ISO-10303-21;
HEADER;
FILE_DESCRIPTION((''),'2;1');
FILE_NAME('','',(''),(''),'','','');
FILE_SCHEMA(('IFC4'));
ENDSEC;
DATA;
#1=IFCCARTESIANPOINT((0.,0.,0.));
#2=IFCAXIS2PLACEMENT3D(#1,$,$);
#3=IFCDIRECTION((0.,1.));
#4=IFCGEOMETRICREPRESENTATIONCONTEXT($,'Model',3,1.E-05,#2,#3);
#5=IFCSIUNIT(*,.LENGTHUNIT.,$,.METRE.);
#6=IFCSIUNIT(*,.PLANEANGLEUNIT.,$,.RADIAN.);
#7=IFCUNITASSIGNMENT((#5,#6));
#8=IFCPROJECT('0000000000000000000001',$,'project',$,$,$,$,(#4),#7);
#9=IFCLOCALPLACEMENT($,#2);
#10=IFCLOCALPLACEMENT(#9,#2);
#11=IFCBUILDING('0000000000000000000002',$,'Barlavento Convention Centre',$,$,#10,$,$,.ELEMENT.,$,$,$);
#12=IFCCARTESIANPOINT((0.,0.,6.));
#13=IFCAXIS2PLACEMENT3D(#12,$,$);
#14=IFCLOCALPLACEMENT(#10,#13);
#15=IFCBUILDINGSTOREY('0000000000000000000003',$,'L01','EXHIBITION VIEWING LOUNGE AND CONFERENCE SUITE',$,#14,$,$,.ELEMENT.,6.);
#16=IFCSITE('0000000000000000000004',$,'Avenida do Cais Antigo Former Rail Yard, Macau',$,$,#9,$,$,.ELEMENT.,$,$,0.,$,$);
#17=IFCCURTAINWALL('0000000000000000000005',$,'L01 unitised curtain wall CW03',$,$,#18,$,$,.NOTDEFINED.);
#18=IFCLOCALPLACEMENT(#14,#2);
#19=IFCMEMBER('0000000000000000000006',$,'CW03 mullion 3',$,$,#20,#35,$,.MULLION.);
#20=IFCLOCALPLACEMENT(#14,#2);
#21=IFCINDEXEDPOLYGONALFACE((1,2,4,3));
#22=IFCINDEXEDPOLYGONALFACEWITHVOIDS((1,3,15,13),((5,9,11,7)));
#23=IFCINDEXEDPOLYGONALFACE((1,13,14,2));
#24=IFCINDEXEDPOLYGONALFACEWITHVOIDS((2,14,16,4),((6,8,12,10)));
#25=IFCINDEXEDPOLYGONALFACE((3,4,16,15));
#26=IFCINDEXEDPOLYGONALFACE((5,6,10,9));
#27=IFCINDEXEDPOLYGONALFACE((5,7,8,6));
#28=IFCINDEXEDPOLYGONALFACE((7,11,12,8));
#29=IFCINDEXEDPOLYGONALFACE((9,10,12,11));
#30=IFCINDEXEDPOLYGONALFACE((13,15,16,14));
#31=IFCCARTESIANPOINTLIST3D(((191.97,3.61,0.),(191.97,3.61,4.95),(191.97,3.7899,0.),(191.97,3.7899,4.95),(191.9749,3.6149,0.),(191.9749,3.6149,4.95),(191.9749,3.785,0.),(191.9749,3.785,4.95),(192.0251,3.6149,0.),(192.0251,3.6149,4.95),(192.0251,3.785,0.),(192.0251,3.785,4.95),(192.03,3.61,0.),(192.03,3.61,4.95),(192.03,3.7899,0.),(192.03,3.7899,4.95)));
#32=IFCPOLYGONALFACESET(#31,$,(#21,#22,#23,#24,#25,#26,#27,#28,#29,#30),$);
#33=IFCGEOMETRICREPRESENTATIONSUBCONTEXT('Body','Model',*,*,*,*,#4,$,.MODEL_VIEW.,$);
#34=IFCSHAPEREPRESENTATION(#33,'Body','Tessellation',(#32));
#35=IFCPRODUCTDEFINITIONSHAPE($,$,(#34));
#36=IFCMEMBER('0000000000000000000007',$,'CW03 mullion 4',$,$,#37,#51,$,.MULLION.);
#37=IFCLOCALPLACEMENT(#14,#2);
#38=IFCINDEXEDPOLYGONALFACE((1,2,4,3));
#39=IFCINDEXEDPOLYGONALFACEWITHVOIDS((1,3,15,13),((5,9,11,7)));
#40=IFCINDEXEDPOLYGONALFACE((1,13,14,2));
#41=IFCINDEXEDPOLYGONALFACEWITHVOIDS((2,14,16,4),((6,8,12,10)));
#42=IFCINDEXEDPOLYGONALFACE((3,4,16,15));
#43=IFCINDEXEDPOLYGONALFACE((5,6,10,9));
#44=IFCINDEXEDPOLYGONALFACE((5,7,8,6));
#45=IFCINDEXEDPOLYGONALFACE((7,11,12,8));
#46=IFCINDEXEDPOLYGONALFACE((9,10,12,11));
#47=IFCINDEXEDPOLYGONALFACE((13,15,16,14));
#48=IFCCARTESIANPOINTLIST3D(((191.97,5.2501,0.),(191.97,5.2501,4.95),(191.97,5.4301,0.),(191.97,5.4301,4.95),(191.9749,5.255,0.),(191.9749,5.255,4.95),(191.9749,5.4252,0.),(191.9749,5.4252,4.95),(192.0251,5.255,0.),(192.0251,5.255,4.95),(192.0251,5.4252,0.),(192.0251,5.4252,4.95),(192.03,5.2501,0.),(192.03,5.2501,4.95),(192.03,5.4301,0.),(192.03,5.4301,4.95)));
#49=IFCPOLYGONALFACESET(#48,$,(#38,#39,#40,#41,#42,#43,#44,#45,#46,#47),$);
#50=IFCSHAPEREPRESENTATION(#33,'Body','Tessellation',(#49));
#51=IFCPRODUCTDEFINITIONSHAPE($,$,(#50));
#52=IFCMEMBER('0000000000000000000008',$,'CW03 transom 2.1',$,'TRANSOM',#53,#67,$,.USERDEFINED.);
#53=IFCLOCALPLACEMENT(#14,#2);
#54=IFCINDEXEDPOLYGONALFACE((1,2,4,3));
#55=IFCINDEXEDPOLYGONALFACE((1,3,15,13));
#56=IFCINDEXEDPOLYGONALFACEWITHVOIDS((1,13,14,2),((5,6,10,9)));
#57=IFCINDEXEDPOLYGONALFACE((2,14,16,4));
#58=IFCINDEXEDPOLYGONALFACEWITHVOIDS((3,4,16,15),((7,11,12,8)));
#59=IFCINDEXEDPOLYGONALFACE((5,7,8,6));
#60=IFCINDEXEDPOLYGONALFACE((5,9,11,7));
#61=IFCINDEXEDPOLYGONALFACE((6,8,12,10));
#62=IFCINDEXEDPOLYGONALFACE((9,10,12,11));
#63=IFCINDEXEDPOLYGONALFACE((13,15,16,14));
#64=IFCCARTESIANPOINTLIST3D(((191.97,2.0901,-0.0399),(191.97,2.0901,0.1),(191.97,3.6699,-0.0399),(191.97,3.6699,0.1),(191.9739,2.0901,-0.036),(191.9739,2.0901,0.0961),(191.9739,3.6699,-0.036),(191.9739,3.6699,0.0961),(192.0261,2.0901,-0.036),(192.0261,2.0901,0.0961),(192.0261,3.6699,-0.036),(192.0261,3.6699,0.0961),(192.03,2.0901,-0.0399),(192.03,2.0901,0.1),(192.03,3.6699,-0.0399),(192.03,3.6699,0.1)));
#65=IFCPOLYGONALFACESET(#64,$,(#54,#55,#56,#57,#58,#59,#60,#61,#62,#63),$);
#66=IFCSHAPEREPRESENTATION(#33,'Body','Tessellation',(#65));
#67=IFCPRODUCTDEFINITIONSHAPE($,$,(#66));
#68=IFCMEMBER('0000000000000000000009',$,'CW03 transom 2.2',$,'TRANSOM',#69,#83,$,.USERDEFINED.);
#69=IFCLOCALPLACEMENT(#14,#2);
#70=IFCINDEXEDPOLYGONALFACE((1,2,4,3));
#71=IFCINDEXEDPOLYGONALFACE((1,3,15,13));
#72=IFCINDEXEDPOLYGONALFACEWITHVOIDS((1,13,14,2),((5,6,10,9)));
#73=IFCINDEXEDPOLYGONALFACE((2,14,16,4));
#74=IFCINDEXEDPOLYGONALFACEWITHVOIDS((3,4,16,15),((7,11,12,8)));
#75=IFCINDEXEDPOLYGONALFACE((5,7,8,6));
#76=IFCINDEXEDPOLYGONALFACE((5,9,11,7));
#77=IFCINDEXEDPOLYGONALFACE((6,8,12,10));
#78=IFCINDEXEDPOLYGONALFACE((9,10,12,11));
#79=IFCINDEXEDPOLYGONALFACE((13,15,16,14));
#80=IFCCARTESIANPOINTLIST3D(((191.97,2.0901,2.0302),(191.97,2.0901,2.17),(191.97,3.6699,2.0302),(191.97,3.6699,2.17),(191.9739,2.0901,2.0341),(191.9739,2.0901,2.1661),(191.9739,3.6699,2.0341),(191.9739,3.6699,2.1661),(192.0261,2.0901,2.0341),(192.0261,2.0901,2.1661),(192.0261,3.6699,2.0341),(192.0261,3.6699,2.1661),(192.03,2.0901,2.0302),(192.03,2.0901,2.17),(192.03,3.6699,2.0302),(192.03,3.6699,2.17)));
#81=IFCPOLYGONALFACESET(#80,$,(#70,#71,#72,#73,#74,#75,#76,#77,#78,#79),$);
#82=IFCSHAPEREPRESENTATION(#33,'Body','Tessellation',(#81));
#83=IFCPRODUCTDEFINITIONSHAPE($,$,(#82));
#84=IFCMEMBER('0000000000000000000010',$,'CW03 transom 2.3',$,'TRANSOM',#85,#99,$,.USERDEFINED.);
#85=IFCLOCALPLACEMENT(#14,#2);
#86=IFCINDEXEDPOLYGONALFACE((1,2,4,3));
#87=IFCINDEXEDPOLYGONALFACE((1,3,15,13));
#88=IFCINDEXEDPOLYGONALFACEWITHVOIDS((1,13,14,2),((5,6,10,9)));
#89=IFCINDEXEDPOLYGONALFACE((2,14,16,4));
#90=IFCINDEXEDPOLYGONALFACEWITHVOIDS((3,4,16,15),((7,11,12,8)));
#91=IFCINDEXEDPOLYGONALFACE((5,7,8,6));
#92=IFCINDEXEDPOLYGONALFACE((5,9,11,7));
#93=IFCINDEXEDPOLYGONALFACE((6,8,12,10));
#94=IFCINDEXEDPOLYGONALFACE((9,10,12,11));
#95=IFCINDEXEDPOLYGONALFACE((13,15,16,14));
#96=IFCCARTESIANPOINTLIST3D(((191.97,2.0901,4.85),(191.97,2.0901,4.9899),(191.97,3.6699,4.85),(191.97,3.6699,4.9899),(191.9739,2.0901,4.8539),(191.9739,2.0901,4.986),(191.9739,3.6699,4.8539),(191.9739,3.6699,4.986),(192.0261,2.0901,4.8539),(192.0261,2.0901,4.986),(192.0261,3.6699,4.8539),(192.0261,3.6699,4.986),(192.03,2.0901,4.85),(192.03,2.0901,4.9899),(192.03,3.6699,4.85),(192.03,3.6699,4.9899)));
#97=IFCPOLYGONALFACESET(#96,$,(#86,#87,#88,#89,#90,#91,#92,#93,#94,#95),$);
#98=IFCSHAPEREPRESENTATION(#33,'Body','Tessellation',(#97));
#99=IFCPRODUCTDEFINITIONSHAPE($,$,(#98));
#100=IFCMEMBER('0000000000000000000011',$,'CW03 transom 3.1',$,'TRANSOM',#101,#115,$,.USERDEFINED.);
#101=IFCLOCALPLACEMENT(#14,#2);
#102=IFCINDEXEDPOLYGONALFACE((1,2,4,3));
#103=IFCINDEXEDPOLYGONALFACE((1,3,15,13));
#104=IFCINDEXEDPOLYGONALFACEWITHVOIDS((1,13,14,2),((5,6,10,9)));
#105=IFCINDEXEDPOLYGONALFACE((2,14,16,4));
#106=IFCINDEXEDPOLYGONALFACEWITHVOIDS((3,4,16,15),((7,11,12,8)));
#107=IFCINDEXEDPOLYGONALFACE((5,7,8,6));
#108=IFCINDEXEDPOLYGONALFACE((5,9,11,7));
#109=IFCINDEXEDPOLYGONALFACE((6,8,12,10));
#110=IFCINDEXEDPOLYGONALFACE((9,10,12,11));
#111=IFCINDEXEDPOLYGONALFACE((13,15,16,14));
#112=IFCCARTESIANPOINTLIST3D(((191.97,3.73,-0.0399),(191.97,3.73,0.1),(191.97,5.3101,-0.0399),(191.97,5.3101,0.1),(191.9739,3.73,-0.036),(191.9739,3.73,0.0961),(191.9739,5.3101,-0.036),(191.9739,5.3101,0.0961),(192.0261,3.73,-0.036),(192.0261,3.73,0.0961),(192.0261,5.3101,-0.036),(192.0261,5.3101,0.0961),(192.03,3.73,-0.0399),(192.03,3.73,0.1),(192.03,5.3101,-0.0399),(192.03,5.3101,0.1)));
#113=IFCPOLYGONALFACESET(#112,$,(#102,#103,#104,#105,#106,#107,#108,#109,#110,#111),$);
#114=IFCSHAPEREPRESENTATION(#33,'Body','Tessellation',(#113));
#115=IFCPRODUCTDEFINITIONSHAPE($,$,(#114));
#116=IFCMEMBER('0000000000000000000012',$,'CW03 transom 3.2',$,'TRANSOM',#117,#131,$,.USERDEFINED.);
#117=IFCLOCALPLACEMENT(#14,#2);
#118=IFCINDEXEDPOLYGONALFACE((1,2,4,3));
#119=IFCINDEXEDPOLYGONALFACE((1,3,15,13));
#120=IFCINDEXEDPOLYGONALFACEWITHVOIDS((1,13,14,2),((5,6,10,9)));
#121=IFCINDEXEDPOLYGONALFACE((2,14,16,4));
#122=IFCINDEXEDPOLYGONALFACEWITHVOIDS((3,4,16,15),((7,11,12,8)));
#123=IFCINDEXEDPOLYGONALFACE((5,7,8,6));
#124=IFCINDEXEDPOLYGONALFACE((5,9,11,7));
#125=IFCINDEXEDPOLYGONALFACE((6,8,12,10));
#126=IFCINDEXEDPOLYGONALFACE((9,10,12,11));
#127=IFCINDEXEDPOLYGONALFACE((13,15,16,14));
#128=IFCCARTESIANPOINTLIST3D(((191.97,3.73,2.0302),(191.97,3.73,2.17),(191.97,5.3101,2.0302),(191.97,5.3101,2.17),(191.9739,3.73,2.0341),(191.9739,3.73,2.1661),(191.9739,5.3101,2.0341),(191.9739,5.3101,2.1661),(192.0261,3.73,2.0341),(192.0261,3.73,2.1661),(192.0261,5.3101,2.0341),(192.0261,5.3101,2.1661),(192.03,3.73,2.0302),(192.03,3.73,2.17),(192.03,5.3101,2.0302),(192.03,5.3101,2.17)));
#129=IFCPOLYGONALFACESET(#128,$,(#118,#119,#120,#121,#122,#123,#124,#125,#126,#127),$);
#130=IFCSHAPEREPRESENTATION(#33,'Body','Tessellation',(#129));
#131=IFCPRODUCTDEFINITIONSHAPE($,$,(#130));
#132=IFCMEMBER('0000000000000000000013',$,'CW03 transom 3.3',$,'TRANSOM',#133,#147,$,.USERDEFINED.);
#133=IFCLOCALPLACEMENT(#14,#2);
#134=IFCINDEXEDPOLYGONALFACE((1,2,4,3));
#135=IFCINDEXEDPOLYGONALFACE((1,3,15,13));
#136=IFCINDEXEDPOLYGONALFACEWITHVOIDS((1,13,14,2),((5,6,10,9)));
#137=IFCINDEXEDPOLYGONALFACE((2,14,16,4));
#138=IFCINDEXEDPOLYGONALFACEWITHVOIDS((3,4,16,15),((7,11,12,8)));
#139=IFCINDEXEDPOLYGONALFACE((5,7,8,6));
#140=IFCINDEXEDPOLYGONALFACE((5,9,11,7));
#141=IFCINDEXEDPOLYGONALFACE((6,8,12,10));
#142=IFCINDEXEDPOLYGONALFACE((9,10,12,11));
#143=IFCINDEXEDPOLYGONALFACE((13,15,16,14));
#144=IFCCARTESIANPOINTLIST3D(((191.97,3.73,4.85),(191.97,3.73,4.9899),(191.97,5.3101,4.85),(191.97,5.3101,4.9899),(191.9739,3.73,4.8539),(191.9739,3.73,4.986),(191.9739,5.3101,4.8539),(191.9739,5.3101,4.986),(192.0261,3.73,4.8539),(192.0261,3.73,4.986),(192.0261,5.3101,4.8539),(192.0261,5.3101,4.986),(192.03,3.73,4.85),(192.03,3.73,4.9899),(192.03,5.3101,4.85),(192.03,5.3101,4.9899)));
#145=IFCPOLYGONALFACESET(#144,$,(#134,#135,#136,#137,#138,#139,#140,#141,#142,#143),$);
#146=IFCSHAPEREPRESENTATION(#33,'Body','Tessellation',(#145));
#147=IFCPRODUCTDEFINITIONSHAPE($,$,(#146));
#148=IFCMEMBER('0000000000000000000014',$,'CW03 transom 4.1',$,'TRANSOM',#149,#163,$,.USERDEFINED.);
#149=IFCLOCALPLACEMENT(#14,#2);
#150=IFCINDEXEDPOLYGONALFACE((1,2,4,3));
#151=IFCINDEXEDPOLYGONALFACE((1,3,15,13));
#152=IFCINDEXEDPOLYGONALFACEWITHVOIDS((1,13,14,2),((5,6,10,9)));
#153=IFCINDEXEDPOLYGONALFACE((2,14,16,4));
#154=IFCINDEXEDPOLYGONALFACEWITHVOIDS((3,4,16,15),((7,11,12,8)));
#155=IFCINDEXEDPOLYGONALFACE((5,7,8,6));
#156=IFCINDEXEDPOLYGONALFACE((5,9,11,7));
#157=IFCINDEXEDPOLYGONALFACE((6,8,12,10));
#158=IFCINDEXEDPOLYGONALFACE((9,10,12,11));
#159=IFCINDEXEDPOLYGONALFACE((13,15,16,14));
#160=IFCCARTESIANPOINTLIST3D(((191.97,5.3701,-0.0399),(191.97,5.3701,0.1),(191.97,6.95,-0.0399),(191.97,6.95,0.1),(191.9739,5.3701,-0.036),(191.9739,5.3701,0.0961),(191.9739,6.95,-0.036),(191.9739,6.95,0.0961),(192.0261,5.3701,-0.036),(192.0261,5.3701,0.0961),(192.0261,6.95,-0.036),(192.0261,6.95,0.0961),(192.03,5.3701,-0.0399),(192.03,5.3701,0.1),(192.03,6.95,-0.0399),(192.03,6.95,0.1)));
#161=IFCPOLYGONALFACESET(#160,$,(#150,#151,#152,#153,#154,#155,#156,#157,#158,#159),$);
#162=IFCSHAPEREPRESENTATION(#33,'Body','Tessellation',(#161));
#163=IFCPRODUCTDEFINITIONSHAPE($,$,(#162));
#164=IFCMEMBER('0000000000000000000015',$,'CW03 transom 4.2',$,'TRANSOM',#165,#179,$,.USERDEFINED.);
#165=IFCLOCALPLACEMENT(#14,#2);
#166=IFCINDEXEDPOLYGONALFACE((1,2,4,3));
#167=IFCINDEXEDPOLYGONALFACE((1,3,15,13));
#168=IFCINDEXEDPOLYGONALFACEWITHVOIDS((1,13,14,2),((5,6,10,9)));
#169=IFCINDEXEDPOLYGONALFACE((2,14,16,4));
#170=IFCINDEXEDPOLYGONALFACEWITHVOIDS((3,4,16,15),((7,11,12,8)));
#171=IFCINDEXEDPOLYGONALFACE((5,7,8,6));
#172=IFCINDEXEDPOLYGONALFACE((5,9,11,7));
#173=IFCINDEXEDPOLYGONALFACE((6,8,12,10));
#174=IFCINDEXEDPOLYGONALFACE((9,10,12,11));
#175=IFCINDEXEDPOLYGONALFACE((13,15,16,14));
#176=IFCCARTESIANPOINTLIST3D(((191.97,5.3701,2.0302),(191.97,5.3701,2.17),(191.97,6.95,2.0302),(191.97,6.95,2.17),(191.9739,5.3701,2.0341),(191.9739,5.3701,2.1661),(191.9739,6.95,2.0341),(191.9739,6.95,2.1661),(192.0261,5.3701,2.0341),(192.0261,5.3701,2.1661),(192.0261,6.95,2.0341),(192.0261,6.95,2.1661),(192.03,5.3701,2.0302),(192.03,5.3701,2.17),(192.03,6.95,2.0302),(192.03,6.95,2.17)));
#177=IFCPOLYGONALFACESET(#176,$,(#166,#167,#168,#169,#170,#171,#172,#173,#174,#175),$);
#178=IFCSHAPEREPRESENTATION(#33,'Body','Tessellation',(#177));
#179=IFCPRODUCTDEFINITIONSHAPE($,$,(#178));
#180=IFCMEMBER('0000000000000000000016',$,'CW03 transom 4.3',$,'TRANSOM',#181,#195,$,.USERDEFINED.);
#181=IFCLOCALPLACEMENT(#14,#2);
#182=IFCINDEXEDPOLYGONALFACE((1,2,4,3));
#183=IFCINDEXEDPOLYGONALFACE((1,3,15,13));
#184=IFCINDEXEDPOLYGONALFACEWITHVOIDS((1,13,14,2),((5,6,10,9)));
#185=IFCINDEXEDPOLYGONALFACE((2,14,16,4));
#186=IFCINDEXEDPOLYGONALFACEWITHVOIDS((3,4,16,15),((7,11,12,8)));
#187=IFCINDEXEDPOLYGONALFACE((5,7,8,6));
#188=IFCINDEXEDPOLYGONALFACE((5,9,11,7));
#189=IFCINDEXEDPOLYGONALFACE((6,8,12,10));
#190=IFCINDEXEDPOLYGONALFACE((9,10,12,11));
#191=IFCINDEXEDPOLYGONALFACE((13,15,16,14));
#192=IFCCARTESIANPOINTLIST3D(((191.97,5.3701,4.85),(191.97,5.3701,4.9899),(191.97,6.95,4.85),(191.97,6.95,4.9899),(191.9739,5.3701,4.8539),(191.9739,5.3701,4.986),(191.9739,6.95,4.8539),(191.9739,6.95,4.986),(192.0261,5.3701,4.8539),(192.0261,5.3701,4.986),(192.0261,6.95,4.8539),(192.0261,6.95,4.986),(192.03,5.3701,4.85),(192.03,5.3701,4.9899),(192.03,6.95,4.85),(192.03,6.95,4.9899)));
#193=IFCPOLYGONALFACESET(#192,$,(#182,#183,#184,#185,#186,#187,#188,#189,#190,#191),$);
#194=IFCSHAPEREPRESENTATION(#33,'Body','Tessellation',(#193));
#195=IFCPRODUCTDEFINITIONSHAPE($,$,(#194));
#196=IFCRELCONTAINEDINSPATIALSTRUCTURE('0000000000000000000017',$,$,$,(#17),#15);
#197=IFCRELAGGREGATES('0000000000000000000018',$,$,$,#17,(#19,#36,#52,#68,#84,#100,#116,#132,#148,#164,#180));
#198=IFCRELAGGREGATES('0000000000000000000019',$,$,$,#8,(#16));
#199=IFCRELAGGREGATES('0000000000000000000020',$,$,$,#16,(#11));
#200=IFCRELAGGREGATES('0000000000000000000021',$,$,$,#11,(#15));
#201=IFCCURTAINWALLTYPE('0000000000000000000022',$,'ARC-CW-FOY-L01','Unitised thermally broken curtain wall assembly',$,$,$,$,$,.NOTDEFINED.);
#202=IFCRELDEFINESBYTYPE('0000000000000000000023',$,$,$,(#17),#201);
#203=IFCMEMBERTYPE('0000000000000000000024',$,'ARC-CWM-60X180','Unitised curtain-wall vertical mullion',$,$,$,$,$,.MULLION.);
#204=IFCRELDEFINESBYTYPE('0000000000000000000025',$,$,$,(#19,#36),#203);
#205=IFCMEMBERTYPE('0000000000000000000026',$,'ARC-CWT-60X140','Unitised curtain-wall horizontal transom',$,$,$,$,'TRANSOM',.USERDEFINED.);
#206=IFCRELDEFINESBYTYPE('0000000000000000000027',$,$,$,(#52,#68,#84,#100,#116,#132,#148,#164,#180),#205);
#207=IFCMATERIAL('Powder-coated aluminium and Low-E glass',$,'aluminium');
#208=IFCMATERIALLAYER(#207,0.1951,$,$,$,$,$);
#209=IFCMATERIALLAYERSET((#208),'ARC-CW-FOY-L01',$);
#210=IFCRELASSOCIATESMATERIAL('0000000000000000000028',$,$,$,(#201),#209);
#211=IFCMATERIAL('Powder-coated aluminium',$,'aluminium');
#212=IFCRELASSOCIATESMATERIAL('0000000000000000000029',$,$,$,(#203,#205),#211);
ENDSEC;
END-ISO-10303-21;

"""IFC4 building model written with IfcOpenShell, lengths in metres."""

from ifc_helpers import new_model, si_unit, direction, frame, origin, origin_2d, place, context, subcontext, project, spatial, hollow_rectangle, extrude, material, layer, layer_set, material_profile, profile_set, type_object, element, aggregate, save


model = new_model("IFC4")

# Units and contexts
model_context = context("Model", 3, precision=1e-05, world=origin(), true_north=direction((0.0, 1.0)))
body_context = subcontext(model_context, "Body", "Model", "MODEL_VIEW")
ifc_project = project(units=[si_unit("LENGTHUNIT", "METRE"), si_unit("PLANEANGLEUNIT", "RADIAN")], contexts=[model_context])

# Site, building, storey
site_placement = place(None, origin())
site = spatial("IfcSite", under=ifc_project, at=site_placement, Name="Avenida do Cais Antigo Former Rail Yard, Macau", CompositionType="ELEMENT", RefElevation=0.0)
building_placement = place(site_placement, origin())
building = spatial("IfcBuilding", under=site, at=building_placement, Name="Barlavento Convention Centre", CompositionType="ELEMENT")
storey_placement = place(building_placement, frame((0.0, 0.0, 6.0)))
storey = spatial("IfcBuildingStorey", under=building, at=storey_placement, Name="L01", Description="EXHIBITION VIEWING LOUNGE AND CONFERENCE SUITE", CompositionType="ELEMENT", Elevation=6.0)

# Curtain wall, members
ifc_material_1 = material(Name="Powder-coated aluminium and Low-E glass", Category="aluminium")
ifc_layer_1 = layer(ifc_material_1, 0.1951)
ifc_layer_set_1 = layer_set([ifc_layer_1], Name="ARC-CW-FOY-L01")
curtain_wall_type = type_object("IfcCurtainWallType", Name="ARC-CW-FOY-L01", Description="Unitised thermally broken curtain wall assembly", PredefinedType="NOTDEFINED", material=ifc_layer_set_1)
curtain_wall_placement = place(storey_placement, origin())
curtain_wall = element("IfcCurtainWall", 1, at=curtain_wall_placement, inside=storey, type_object=curtain_wall_type, Name="L01 unitised curtain wall CW03", PredefinedType="NOTDEFINED")
ifc_material_2 = material(Name="Powder-coated aluminium", Category="aluminium")
ifc_material_profile_1 = material_profile(ifc_material_2, hollow_rectangle(XDim=0.0601, YDim=0.1799, WallThickness=0.0049, at=origin_2d()), Name="AL-MULL 60x180x5")
ifc_profile_set_1 = profile_set([ifc_material_profile_1], Name="Powder-coated aluminium")
member_type_1 = type_object("IfcMemberType", Name="ARC-CWM-60X180", Description="Unitised curtain-wall vertical mullion", PredefinedType="MULLION", material=ifc_profile_set_1)
member_1_placement = place(storey_placement, frame((192.0, 3.7, 0.0), z_axis=(0.0, 0.0, 1.0), x_axis=(-1.0, 0.0, 0.0)))
member_1 = element("IfcMember", 2, at=member_1_placement, type_object=member_type_1, Name="CW03 mullion 3", PredefinedType="MULLION", context=body_context, shape_type="SweptSolid", body=[
    extrude(hollow_rectangle(XDim=0.0601, YDim=0.1799, WallThickness=0.0049, at=origin_2d()), origin(), (0.0, 0.0, 1.0), 4.95),
])
member_2_placement = place(storey_placement, frame((192.0, 5.3401, 0.0), z_axis=(0.0, 0.0, 1.0), x_axis=(-1.0, 0.0, 0.0)))
member_2 = element("IfcMember", 3, at=member_2_placement, type_object=member_type_1, Name="CW03 mullion 4", PredefinedType="MULLION", context=body_context, shape_type="SweptSolid", body=[
    extrude(hollow_rectangle(XDim=0.0601, YDim=0.1799, WallThickness=0.0049, at=origin_2d()), origin(), (0.0, 0.0, 1.0), 4.95),
])
ifc_material_profile_2 = material_profile(ifc_material_2, hollow_rectangle(XDim=0.0601, YDim=0.1399, WallThickness=0.0039, at=origin_2d()), Name="AL-TRAN 60x140x4")
ifc_profile_set_2 = profile_set([ifc_material_profile_2], Name="Powder-coated aluminium")
member_type_2 = type_object("IfcMemberType", Name="ARC-CWT-60X140", Description="Unitised curtain-wall horizontal transom", ElementType="TRANSOM", PredefinedType="USERDEFINED", material=ifc_profile_set_2)
member_3_placement = place(storey_placement, frame((192.0, 2.0901, 0.03), z_axis=(0.0, 1.0, 0.0), x_axis=(-1.0, 0.0, 0.0)))
member_3 = element("IfcMember", 4, at=member_3_placement, type_object=member_type_2, Name="CW03 transom 2.1", ObjectType="TRANSOM", PredefinedType="USERDEFINED", context=body_context, shape_type="SweptSolid", body=[
    extrude(hollow_rectangle(XDim=0.0601, YDim=0.1399, WallThickness=0.0039, at=origin_2d()), origin(), (0.0, 0.0, 1.0), 1.5798),
])
member_4_placement = place(storey_placement, frame((192.0, 2.0901, 2.1001), z_axis=(0.0, 1.0, 0.0), x_axis=(-1.0, 0.0, 0.0)))
member_4 = element("IfcMember", 5, at=member_4_placement, type_object=member_type_2, Name="CW03 transom 2.2", ObjectType="TRANSOM", PredefinedType="USERDEFINED", context=body_context, shape_type="SweptSolid", body=[
    extrude(hollow_rectangle(XDim=0.0601, YDim=0.1399, WallThickness=0.0039, at=origin_2d()), origin(), (0.0, 0.0, 1.0), 1.5798),
])
member_5_placement = place(storey_placement, frame((192.0, 2.0901, 4.9199), z_axis=(0.0, 1.0, 0.0), x_axis=(-1.0, 0.0, 0.0)))
member_5 = element("IfcMember", 6, at=member_5_placement, type_object=member_type_2, Name="CW03 transom 2.3", ObjectType="TRANSOM", PredefinedType="USERDEFINED", context=body_context, shape_type="SweptSolid", body=[
    extrude(hollow_rectangle(XDim=0.0601, YDim=0.1399, WallThickness=0.0039, at=origin_2d()), origin(), (0.0, 0.0, 1.0), 1.5798),
])
member_6_placement = place(storey_placement, frame((192.0, 3.73, 0.03), z_axis=(0.0, 1.0, 0.0), x_axis=(-1.0, 0.0, 0.0)))
member_6 = element("IfcMember", 7, at=member_6_placement, type_object=member_type_2, Name="CW03 transom 3.1", ObjectType="TRANSOM", PredefinedType="USERDEFINED", context=body_context, shape_type="SweptSolid", body=[
    extrude(hollow_rectangle(XDim=0.0601, YDim=0.1399, WallThickness=0.0039, at=origin_2d()), origin(), (0.0, 0.0, 1.0), 1.5801),
])
member_7_placement = place(storey_placement, frame((192.0, 3.73, 2.1001), z_axis=(0.0, 1.0, 0.0), x_axis=(-1.0, 0.0, 0.0)))
member_7 = element("IfcMember", 8, at=member_7_placement, type_object=member_type_2, Name="CW03 transom 3.2", ObjectType="TRANSOM", PredefinedType="USERDEFINED", context=body_context, shape_type="SweptSolid", body=[
    extrude(hollow_rectangle(XDim=0.0601, YDim=0.1399, WallThickness=0.0039, at=origin_2d()), origin(), (0.0, 0.0, 1.0), 1.5801),
])
member_8_placement = place(storey_placement, frame((192.0, 3.73, 4.9199), z_axis=(0.0, 1.0, 0.0), x_axis=(-1.0, 0.0, 0.0)))
member_8 = element("IfcMember", 9, at=member_8_placement, type_object=member_type_2, Name="CW03 transom 3.3", ObjectType="TRANSOM", PredefinedType="USERDEFINED", context=body_context, shape_type="SweptSolid", body=[
    extrude(hollow_rectangle(XDim=0.0601, YDim=0.1399, WallThickness=0.0039, at=origin_2d()), origin(), (0.0, 0.0, 1.0), 1.5801),
])
member_9_placement = place(storey_placement, frame((192.0, 5.3701, 0.03), z_axis=(0.0, 1.0, 0.0), x_axis=(-1.0, 0.0, 0.0)))
member_9 = element("IfcMember", 10, at=member_9_placement, type_object=member_type_2, Name="CW03 transom 4.1", ObjectType="TRANSOM", PredefinedType="USERDEFINED", context=body_context, shape_type="SweptSolid", body=[
    extrude(hollow_rectangle(XDim=0.0601, YDim=0.1399, WallThickness=0.0039, at=origin_2d()), origin(), (0.0, 0.0, 1.0), 1.5798),
])
member_10_placement = place(storey_placement, frame((192.0, 5.3701, 2.1001), z_axis=(0.0, 1.0, 0.0), x_axis=(-1.0, 0.0, 0.0)))
member_10 = element("IfcMember", 11, at=member_10_placement, type_object=member_type_2, Name="CW03 transom 4.2", ObjectType="TRANSOM", PredefinedType="USERDEFINED", context=body_context, shape_type="SweptSolid", body=[
    extrude(hollow_rectangle(XDim=0.0601, YDim=0.1399, WallThickness=0.0039, at=origin_2d()), origin(), (0.0, 0.0, 1.0), 1.5798),
])
member_11_placement = place(storey_placement, frame((192.0, 5.3701, 4.9199), z_axis=(0.0, 1.0, 0.0), x_axis=(-1.0, 0.0, 0.0)))
member_11 = element("IfcMember", 12, at=member_11_placement, type_object=member_type_2, Name="CW03 transom 4.3", ObjectType="TRANSOM", PredefinedType="USERDEFINED", context=body_context, shape_type="SweptSolid", body=[
    extrude(hollow_rectangle(XDim=0.0601, YDim=0.1399, WallThickness=0.0039, at=origin_2d()), origin(), (0.0, 0.0, 1.0), 1.5798),
])
aggregate(curtain_wall, [member_1, member_2, member_3, member_4, member_5, member_6, member_7, member_8, member_9, member_10, member_11])

save(model, "model.ifc")
